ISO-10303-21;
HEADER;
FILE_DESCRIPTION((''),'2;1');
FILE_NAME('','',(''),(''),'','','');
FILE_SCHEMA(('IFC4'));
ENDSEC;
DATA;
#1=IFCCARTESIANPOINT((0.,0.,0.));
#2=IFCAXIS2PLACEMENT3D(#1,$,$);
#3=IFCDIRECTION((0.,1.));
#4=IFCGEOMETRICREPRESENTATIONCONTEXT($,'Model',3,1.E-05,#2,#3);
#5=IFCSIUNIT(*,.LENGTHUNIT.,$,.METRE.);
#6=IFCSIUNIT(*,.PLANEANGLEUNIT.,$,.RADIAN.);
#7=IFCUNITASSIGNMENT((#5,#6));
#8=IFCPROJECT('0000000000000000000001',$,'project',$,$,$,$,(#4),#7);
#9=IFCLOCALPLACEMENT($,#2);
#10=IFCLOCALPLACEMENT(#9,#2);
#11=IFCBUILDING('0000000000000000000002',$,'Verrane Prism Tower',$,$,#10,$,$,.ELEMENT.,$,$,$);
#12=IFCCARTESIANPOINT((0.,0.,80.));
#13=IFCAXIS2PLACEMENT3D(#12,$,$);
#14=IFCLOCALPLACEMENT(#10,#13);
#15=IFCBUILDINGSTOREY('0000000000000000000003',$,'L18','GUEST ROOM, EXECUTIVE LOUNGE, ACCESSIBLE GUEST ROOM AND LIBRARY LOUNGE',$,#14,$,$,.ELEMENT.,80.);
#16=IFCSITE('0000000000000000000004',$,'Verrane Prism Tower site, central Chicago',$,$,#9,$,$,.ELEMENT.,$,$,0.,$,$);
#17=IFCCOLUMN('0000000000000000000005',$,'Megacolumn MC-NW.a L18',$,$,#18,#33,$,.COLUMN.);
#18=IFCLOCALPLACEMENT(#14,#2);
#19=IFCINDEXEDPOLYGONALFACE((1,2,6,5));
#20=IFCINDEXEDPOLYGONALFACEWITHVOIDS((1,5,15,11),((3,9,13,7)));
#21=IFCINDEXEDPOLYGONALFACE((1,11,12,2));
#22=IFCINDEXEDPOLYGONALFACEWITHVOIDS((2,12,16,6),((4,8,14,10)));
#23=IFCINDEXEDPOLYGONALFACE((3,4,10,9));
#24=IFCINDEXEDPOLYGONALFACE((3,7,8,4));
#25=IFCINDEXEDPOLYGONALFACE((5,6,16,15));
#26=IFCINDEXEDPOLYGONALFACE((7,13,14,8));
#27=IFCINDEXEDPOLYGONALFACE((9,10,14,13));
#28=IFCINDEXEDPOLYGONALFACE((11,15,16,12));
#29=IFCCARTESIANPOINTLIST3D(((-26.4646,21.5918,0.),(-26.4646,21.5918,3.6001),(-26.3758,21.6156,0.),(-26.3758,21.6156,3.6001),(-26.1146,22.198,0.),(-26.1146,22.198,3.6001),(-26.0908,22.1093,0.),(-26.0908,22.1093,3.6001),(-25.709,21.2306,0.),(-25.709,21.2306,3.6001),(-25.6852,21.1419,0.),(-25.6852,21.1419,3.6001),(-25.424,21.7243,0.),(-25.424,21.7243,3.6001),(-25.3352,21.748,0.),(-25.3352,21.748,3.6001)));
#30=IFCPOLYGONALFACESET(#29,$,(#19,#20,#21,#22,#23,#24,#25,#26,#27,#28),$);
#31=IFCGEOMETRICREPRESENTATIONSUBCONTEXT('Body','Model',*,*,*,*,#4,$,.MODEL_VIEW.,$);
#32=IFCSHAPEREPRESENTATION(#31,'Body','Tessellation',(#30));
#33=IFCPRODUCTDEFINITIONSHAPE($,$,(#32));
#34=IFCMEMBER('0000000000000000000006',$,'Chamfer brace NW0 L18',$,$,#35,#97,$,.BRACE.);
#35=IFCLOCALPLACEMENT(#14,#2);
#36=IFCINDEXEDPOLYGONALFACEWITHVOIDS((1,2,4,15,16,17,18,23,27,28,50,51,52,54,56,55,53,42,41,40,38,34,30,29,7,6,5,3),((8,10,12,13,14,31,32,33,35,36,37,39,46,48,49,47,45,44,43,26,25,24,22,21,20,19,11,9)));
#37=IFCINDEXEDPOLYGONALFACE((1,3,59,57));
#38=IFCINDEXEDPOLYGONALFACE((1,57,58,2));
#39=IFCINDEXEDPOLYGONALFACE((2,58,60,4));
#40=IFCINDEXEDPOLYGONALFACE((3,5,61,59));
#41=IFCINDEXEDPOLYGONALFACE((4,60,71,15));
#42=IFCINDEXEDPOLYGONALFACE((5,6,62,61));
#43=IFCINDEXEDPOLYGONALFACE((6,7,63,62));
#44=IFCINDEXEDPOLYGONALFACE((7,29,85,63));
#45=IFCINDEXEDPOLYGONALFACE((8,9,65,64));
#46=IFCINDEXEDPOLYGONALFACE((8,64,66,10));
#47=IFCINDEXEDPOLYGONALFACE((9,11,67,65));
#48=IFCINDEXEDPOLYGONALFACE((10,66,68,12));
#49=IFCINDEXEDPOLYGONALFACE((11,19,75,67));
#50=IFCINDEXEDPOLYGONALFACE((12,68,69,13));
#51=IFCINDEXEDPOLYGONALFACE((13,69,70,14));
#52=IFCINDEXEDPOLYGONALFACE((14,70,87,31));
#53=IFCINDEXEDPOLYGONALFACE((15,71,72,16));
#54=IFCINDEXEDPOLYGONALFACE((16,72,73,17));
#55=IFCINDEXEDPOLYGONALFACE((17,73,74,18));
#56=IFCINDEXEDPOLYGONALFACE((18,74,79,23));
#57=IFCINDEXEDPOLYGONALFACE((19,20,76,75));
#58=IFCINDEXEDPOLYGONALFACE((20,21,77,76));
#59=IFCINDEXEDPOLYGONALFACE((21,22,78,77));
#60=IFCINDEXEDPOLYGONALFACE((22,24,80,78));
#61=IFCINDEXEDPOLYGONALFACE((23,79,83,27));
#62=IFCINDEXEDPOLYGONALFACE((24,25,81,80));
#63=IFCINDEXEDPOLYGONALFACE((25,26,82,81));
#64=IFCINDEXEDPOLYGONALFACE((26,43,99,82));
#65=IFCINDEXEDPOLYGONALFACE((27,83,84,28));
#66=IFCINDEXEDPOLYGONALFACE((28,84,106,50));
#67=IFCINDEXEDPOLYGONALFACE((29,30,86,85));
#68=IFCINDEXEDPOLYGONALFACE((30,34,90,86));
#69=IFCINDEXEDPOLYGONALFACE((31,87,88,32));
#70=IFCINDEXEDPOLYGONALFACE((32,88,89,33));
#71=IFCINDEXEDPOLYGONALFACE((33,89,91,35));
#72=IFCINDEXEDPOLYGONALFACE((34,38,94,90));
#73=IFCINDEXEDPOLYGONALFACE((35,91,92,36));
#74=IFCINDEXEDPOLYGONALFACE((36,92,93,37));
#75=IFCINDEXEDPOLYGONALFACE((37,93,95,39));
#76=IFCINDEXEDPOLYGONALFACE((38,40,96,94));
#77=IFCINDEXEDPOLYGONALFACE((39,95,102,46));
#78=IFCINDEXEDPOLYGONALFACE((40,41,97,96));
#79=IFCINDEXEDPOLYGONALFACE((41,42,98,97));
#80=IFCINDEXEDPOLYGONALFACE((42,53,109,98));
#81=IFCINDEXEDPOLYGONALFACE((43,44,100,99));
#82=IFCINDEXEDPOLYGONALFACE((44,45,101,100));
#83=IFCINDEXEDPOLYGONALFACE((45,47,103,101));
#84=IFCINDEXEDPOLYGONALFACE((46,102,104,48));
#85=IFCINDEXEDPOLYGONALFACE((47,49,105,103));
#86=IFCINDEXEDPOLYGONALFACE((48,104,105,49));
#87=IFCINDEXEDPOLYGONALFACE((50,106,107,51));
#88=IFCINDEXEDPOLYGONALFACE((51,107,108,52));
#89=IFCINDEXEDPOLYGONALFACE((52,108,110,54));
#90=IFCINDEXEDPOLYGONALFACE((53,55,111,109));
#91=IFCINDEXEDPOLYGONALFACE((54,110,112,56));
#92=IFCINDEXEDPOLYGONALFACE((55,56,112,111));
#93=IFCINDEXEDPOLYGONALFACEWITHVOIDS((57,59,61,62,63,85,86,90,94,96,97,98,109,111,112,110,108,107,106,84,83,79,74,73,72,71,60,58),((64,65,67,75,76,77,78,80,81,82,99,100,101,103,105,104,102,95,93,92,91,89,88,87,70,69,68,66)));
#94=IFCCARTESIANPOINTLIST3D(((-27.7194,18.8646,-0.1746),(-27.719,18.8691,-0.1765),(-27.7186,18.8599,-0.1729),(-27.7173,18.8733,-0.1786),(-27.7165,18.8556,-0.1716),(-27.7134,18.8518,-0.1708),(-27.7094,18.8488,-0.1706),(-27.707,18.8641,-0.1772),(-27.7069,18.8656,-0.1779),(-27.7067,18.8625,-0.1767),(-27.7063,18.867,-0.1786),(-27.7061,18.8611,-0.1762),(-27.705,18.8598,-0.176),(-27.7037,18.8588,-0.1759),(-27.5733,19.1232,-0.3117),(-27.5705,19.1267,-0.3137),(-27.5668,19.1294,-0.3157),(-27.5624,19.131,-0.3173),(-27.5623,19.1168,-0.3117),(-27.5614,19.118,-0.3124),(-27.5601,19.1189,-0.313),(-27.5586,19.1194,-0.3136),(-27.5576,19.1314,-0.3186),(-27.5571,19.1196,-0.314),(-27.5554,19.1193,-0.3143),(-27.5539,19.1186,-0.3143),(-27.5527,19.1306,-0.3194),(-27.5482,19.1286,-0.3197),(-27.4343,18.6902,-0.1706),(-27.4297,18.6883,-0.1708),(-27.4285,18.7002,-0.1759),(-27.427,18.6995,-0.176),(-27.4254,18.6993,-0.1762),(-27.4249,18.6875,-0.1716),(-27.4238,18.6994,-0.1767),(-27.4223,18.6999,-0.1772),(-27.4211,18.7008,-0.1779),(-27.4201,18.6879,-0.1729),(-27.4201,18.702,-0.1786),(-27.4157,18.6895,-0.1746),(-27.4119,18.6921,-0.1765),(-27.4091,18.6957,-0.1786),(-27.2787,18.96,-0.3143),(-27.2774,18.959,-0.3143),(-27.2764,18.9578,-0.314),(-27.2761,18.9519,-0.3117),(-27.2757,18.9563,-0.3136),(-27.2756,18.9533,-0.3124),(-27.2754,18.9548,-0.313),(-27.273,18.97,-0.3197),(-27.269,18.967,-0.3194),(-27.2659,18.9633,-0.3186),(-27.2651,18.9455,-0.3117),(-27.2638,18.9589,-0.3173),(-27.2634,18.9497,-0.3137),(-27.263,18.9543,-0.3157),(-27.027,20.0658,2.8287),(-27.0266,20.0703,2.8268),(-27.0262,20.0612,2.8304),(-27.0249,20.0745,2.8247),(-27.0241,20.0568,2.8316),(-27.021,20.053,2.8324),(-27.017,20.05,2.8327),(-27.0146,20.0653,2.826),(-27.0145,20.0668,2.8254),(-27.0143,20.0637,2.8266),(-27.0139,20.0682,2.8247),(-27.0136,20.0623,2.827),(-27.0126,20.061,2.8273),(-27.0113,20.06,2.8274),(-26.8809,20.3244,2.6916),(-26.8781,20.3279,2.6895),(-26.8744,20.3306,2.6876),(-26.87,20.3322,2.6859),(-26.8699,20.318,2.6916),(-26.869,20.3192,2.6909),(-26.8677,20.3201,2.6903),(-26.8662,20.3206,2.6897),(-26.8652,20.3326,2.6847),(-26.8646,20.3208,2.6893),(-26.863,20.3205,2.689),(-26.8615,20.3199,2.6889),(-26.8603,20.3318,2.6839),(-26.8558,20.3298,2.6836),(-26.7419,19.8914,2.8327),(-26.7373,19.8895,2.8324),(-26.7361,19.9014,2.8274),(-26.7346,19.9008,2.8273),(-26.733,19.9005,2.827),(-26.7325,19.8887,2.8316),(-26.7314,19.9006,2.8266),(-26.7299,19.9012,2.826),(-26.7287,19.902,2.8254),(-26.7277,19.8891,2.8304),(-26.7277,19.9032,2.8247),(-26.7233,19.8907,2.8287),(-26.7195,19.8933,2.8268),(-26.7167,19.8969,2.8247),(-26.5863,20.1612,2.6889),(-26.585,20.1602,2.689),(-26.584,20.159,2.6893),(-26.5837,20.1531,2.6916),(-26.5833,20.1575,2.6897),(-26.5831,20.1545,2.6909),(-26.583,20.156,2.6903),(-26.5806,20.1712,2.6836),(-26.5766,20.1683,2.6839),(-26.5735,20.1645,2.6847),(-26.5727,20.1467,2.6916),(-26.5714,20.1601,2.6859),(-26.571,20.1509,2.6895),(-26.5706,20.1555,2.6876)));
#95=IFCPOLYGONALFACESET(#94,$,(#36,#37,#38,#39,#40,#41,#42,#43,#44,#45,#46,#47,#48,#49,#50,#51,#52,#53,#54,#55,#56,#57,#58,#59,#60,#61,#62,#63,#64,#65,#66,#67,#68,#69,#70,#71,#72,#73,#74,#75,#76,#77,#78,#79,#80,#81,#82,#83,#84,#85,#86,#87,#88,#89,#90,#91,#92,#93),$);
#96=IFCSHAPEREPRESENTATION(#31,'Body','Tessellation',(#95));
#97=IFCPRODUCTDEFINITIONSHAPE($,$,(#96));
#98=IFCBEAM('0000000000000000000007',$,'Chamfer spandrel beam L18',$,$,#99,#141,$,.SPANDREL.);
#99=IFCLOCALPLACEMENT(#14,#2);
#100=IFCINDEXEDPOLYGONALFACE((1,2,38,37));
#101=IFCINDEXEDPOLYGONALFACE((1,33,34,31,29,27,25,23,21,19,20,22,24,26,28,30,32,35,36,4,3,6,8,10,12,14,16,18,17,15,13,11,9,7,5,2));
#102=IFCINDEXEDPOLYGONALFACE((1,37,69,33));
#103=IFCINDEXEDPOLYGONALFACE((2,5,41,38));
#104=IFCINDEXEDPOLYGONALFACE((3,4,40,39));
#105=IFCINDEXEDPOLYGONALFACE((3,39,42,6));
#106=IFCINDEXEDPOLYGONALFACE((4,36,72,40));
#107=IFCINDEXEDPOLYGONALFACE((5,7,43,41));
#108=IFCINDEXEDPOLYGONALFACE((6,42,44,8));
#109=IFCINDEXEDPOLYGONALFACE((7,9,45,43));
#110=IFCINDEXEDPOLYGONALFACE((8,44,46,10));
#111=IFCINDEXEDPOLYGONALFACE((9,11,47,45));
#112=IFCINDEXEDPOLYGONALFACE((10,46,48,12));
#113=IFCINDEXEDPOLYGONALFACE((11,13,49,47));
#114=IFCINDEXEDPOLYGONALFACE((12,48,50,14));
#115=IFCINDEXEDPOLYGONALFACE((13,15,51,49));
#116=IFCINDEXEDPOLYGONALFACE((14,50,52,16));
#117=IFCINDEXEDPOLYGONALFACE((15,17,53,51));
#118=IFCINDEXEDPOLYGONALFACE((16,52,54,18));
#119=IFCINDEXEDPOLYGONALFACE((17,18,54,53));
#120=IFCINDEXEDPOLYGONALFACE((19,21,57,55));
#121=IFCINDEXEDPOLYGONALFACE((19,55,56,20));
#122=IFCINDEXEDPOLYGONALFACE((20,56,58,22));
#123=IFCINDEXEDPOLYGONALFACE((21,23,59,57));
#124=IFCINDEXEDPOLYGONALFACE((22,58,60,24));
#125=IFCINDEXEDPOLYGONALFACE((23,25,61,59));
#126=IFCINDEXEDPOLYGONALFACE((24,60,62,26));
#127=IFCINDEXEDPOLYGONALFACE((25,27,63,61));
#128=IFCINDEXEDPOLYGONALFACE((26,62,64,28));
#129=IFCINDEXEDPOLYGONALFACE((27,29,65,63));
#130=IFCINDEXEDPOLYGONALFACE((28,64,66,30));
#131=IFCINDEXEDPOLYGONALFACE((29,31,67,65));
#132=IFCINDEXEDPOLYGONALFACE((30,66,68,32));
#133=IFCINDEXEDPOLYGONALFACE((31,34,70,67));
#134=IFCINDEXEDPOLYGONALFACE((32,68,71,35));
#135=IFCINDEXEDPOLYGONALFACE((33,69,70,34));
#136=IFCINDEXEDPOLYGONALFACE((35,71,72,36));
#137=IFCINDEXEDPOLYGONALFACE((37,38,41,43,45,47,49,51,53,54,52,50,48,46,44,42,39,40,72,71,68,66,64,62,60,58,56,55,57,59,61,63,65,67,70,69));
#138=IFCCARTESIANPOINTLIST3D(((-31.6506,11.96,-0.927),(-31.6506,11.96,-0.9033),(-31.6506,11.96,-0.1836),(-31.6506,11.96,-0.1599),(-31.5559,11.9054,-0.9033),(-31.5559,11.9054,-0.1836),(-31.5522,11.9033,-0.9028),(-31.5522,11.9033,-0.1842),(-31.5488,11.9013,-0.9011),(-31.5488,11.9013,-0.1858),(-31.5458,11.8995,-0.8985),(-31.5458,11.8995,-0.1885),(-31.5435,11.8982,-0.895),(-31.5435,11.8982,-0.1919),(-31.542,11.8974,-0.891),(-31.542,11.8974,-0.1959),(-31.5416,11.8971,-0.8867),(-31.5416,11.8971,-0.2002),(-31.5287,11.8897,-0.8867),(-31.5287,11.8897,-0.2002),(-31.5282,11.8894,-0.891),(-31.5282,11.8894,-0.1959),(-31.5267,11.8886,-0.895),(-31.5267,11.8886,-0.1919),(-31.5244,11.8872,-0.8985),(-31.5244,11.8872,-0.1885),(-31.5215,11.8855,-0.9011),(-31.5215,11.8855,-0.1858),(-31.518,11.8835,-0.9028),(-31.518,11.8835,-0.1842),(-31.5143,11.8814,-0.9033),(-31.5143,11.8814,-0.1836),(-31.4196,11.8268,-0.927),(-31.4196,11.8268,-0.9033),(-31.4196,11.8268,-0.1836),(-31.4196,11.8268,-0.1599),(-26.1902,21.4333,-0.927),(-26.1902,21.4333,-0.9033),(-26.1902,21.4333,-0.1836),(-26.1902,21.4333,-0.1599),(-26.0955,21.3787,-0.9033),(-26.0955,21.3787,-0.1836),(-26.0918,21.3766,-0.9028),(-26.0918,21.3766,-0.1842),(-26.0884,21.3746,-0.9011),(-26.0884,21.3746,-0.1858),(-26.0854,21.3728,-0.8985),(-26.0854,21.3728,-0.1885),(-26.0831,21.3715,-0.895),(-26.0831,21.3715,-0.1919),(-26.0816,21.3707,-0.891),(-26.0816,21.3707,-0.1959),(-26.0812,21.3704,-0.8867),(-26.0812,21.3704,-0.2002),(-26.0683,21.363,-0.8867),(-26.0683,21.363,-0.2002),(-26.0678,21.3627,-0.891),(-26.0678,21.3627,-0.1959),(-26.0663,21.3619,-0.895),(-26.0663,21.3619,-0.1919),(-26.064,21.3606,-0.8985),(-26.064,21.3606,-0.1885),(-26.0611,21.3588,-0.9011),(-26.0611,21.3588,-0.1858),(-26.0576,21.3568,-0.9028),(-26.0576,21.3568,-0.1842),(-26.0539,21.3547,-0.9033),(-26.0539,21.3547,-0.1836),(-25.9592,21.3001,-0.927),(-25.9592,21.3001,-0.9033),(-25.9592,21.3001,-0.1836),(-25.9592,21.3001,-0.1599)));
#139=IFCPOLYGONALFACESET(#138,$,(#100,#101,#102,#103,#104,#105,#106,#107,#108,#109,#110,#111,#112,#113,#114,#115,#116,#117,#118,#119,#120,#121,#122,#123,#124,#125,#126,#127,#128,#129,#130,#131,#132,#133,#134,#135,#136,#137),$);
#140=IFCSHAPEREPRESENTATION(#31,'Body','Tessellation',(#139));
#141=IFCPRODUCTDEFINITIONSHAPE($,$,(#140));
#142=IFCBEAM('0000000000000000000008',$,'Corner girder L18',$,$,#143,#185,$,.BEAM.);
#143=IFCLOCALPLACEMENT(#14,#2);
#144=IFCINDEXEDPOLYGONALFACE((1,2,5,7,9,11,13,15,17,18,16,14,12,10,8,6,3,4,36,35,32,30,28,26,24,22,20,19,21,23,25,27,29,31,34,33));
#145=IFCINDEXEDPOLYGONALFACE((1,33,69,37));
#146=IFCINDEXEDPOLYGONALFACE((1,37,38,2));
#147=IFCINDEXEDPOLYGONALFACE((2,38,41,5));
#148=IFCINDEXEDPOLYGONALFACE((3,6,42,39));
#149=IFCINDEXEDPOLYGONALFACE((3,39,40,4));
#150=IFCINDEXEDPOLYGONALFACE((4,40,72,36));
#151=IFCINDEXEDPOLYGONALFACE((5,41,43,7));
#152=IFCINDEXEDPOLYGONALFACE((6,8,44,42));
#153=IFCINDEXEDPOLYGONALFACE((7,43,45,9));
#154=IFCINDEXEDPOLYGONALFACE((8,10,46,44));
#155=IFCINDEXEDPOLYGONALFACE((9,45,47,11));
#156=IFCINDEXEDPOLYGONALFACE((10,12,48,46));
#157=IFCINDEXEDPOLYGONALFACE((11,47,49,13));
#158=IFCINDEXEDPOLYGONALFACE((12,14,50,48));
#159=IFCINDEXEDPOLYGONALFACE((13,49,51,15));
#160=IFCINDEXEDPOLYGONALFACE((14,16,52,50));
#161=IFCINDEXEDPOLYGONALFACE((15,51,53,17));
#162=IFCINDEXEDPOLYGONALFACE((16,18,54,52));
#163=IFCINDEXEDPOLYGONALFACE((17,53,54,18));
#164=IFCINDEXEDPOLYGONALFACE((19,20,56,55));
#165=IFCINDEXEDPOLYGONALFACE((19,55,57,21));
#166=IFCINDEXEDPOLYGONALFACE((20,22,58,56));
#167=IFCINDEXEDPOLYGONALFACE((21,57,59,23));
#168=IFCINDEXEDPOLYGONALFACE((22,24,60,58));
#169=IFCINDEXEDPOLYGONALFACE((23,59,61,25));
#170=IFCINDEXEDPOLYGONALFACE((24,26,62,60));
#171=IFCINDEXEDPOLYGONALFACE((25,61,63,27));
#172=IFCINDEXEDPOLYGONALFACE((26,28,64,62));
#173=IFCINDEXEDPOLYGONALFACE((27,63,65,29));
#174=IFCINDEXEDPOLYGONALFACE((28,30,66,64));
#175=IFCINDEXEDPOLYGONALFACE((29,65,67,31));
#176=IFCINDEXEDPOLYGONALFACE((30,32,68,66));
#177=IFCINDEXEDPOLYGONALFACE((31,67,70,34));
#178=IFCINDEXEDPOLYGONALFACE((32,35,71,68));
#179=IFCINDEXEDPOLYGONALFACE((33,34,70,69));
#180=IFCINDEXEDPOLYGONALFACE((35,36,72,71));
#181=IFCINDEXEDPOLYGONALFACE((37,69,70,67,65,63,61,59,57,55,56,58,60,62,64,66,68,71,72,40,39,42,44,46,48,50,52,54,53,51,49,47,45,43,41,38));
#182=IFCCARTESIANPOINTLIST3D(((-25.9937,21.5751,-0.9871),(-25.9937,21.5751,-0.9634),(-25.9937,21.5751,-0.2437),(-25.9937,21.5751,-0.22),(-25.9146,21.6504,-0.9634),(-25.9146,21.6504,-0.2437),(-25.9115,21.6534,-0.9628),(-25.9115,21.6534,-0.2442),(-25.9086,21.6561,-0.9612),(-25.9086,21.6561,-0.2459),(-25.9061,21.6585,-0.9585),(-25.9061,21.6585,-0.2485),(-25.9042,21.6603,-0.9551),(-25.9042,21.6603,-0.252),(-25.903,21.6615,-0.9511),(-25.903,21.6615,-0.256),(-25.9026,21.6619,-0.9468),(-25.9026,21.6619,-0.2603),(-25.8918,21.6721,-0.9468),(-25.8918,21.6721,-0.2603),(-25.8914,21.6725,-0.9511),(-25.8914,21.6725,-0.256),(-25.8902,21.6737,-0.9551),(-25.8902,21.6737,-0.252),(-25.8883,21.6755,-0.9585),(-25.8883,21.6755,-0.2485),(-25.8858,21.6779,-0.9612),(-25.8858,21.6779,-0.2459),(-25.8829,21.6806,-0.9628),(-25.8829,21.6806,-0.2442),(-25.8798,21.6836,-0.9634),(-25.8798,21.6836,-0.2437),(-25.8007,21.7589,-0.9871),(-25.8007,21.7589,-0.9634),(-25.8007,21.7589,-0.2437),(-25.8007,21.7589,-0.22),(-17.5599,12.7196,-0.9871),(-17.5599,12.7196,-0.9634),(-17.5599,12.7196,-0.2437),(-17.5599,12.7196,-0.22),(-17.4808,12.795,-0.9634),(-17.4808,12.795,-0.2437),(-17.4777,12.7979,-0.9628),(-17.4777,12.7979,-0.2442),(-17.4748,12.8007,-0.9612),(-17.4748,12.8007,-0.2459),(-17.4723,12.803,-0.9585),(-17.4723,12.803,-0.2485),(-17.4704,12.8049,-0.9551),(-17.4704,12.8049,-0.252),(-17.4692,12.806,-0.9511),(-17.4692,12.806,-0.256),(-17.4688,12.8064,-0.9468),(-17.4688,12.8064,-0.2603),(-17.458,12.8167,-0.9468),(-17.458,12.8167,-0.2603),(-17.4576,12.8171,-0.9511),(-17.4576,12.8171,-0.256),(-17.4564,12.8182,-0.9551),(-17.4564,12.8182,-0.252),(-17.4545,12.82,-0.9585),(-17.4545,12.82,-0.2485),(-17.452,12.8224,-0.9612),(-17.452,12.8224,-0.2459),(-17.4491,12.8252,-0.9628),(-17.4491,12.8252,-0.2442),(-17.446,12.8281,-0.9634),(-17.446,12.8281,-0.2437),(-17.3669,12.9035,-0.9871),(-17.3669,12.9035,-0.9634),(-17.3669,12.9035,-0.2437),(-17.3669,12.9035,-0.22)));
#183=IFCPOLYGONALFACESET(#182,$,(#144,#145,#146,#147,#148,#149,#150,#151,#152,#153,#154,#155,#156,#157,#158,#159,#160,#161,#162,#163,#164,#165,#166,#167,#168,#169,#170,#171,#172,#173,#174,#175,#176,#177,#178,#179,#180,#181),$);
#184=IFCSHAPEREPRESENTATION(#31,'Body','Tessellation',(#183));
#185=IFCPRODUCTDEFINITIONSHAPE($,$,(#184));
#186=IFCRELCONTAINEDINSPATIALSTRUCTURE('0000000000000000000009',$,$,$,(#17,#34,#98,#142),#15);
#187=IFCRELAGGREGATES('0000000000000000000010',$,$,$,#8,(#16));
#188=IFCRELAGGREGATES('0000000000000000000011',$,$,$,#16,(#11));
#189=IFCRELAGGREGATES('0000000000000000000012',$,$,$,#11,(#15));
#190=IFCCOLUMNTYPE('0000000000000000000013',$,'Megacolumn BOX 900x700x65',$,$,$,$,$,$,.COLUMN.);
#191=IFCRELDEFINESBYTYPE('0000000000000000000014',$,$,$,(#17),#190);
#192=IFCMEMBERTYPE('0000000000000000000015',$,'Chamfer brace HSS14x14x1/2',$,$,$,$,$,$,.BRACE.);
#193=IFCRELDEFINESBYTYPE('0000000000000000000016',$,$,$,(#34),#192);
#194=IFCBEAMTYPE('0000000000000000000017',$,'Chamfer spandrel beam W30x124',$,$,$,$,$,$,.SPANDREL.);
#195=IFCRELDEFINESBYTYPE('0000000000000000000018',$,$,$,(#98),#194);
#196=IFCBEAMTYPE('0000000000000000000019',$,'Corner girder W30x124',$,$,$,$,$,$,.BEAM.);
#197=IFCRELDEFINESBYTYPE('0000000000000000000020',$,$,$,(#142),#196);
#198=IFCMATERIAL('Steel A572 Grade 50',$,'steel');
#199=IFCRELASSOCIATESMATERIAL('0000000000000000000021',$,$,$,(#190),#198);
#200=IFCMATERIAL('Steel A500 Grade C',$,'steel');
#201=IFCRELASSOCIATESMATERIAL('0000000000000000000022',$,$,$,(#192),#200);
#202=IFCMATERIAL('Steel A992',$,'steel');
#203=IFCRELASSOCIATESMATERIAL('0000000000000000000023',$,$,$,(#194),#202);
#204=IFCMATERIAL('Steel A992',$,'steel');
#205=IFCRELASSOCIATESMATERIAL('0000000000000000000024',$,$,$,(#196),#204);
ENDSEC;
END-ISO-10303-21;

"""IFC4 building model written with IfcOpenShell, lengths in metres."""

from ifc_helpers import new_model, si_unit, direction, frame, origin, origin_2d, place, context, subcontext, project, spatial, hollow_rectangle, i_section, extrude, material, material_profile, profile_set, type_object, element, save


model = new_model("IFC4")

# Units and contexts
model_context = context("Model", 3, precision=1e-05, world=origin(), true_north=direction((0.0, 1.0)))
body_context = subcontext(model_context, "Body", "Model", "MODEL_VIEW")
ifc_project = project(units=[si_unit("LENGTHUNIT", "METRE"), si_unit("PLANEANGLEUNIT", "RADIAN")], contexts=[model_context])

# Site, building, storey
site_placement = place(None, origin())
site = spatial("IfcSite", under=ifc_project, at=site_placement, Name="Verrane Prism Tower site, central Chicago", CompositionType="ELEMENT", RefElevation=0.0)
building_placement = place(site_placement, origin())
building = spatial("IfcBuilding", under=site, at=building_placement, Name="Verrane Prism Tower", CompositionType="ELEMENT")
storey_placement = place(building_placement, frame((0.0, 0.0, 80.0)))
storey = spatial("IfcBuildingStorey", under=building, at=storey_placement, Name="L18", Description="GUEST ROOM, EXECUTIVE LOUNGE, ACCESSIBLE GUEST ROOM AND LIBRARY LOUNGE", CompositionType="ELEMENT", Elevation=80.0)

# Column
ifc_material_1 = material(Name="Steel A572 Grade 50", Category="steel")
ifc_material_profile_1 = material_profile(ifc_material_1, hollow_rectangle(XDim=0.7, YDim=0.8999, WallThickness=0.0649, at=origin_2d()), Name="BOX 900x700x65")
ifc_profile_set_1 = profile_set([ifc_material_profile_1], Name="Steel A572 Grade 50")
column_type = type_object("IfcColumnType", Name="Megacolumn BOX 900x700x65", PredefinedType="COLUMN", material=ifc_profile_set_1)
column_placement = place(storey_placement, frame((-25.8999, 21.6699, 0.0), z_axis=(0.0, 0.0, 1.0), x_axis=(0.5, 0.866025, 0.0)))
element("IfcColumn", 1, at=column_placement, inside=storey, type_object=column_type, Name="Megacolumn MC-NW.a L18", PredefinedType="COLUMN", context=body_context, shape_type="SweptSolid", body=[
    extrude(hollow_rectangle(XDim=0.7, YDim=0.8999, WallThickness=0.0649, at=origin_2d()), origin(), (0.0, 0.0, 1.0), 3.6001),
])

# Member
ifc_material_2 = material(Name="Steel A500 Grade C", Category="steel")
ifc_material_profile_2 = material_profile(ifc_material_2, hollow_rectangle(XDim=0.3557, YDim=0.3557, WallThickness=0.0127, InnerFilletRadius=0.0063, OuterFilletRadius=0.019, at=origin_2d()), Name="HSS14x14x1/2")
ifc_profile_set_2 = profile_set([ifc_material_profile_2], Name="Steel A500 Grade C")
member_type_1 = type_object("IfcMemberType", Name="Chamfer brace HSS14x14x1/2", PredefinedType="BRACE", material=ifc_profile_set_2)
member_1_placement = place(storey_placement, frame((-27.4912, 18.9094, -0.2451), z_axis=(0.209321, 0.363138, 0.907918), x_axis=(-0.866373, 0.499397, 0.0)))
element("IfcMember", 2, at=member_1_placement, inside=storey, type_object=member_type_1, Name="Chamfer brace NW0 L18", PredefinedType="BRACE", context=body_context, shape_type="SweptSolid", body=[
    extrude(hollow_rectangle(XDim=0.3557, YDim=0.3557, WallThickness=0.0127, InnerFilletRadius=0.0063, OuterFilletRadius=0.019, at=origin_2d()), origin(), (0.0, 0.0, 1.0), 3.3079),
])

# Beams
ifc_material_3 = material(Name="Steel A992", Category="steel")
ifc_material_profile_3 = material_profile(ifc_material_3, i_section(OverallWidth=0.2666, OverallDepth=0.7671, WebThickness=0.0149, FlangeThickness=0.0237, FilletRadius=0.0166, at=origin_2d()), Name="W30x124")
ifc_profile_set_3 = profile_set([ifc_material_profile_3], Name="Steel A992")
beam_type_1 = type_object("IfcBeamType", Name="Chamfer spandrel beam W30x124", PredefinedType="SPANDREL", material=ifc_profile_set_3)
beam_1_placement = place(storey_placement, frame((-26.0747, 21.3667, -0.5435), z_axis=(-0.499382, -0.866382, 0.0), x_axis=(0.866382, -0.499382, 0.0)))
element("IfcBeam", 3, at=beam_1_placement, inside=storey, type_object=beam_type_1, Name="Chamfer spandrel beam L18", PredefinedType="SPANDREL", context=body_context, shape_type="SweptSolid", body=[
    extrude(i_section(OverallWidth=0.2666, OverallDepth=0.7671, WebThickness=0.0149, FlangeThickness=0.0237, FilletRadius=0.0166, at=origin_2d()), origin(), (0.0, 0.0, 1.0), 10.9343),
])
ifc_material_4 = material(Name="Steel A992", Category="steel")
ifc_material_profile_4 = material_profile(ifc_material_4, i_section(OverallWidth=0.2666, OverallDepth=0.7671, WebThickness=0.0149, FlangeThickness=0.0237, FilletRadius=0.0166, at=origin_2d()), Name="W30x124")
ifc_profile_set_4 = profile_set([ifc_material_profile_4], Name="Steel A992")
beam_type_2 = type_object("IfcBeamType", Name="Corner girder W30x124", PredefinedType="BEAM", material=ifc_profile_set_4)
beam_2_placement = place(storey_placement, frame((-25.8972, 21.667, -0.6035), z_axis=(0.689658, -0.724136, 0.0), x_axis=(0.724136, 0.689658, 0.0)))
element("IfcBeam", 4, at=beam_2_placement, inside=storey, type_object=beam_type_2, Name="Corner girder L18", PredefinedType="BEAM", context=body_context, shape_type="SweptSolid", body=[
    extrude(i_section(OverallWidth=0.2666, OverallDepth=0.7671, WebThickness=0.0149, FlangeThickness=0.0237, FilletRadius=0.0166, at=origin_2d()), origin(), (0.0, 0.0, 1.0), 12.229),
])

save(model, "model.ifc")
